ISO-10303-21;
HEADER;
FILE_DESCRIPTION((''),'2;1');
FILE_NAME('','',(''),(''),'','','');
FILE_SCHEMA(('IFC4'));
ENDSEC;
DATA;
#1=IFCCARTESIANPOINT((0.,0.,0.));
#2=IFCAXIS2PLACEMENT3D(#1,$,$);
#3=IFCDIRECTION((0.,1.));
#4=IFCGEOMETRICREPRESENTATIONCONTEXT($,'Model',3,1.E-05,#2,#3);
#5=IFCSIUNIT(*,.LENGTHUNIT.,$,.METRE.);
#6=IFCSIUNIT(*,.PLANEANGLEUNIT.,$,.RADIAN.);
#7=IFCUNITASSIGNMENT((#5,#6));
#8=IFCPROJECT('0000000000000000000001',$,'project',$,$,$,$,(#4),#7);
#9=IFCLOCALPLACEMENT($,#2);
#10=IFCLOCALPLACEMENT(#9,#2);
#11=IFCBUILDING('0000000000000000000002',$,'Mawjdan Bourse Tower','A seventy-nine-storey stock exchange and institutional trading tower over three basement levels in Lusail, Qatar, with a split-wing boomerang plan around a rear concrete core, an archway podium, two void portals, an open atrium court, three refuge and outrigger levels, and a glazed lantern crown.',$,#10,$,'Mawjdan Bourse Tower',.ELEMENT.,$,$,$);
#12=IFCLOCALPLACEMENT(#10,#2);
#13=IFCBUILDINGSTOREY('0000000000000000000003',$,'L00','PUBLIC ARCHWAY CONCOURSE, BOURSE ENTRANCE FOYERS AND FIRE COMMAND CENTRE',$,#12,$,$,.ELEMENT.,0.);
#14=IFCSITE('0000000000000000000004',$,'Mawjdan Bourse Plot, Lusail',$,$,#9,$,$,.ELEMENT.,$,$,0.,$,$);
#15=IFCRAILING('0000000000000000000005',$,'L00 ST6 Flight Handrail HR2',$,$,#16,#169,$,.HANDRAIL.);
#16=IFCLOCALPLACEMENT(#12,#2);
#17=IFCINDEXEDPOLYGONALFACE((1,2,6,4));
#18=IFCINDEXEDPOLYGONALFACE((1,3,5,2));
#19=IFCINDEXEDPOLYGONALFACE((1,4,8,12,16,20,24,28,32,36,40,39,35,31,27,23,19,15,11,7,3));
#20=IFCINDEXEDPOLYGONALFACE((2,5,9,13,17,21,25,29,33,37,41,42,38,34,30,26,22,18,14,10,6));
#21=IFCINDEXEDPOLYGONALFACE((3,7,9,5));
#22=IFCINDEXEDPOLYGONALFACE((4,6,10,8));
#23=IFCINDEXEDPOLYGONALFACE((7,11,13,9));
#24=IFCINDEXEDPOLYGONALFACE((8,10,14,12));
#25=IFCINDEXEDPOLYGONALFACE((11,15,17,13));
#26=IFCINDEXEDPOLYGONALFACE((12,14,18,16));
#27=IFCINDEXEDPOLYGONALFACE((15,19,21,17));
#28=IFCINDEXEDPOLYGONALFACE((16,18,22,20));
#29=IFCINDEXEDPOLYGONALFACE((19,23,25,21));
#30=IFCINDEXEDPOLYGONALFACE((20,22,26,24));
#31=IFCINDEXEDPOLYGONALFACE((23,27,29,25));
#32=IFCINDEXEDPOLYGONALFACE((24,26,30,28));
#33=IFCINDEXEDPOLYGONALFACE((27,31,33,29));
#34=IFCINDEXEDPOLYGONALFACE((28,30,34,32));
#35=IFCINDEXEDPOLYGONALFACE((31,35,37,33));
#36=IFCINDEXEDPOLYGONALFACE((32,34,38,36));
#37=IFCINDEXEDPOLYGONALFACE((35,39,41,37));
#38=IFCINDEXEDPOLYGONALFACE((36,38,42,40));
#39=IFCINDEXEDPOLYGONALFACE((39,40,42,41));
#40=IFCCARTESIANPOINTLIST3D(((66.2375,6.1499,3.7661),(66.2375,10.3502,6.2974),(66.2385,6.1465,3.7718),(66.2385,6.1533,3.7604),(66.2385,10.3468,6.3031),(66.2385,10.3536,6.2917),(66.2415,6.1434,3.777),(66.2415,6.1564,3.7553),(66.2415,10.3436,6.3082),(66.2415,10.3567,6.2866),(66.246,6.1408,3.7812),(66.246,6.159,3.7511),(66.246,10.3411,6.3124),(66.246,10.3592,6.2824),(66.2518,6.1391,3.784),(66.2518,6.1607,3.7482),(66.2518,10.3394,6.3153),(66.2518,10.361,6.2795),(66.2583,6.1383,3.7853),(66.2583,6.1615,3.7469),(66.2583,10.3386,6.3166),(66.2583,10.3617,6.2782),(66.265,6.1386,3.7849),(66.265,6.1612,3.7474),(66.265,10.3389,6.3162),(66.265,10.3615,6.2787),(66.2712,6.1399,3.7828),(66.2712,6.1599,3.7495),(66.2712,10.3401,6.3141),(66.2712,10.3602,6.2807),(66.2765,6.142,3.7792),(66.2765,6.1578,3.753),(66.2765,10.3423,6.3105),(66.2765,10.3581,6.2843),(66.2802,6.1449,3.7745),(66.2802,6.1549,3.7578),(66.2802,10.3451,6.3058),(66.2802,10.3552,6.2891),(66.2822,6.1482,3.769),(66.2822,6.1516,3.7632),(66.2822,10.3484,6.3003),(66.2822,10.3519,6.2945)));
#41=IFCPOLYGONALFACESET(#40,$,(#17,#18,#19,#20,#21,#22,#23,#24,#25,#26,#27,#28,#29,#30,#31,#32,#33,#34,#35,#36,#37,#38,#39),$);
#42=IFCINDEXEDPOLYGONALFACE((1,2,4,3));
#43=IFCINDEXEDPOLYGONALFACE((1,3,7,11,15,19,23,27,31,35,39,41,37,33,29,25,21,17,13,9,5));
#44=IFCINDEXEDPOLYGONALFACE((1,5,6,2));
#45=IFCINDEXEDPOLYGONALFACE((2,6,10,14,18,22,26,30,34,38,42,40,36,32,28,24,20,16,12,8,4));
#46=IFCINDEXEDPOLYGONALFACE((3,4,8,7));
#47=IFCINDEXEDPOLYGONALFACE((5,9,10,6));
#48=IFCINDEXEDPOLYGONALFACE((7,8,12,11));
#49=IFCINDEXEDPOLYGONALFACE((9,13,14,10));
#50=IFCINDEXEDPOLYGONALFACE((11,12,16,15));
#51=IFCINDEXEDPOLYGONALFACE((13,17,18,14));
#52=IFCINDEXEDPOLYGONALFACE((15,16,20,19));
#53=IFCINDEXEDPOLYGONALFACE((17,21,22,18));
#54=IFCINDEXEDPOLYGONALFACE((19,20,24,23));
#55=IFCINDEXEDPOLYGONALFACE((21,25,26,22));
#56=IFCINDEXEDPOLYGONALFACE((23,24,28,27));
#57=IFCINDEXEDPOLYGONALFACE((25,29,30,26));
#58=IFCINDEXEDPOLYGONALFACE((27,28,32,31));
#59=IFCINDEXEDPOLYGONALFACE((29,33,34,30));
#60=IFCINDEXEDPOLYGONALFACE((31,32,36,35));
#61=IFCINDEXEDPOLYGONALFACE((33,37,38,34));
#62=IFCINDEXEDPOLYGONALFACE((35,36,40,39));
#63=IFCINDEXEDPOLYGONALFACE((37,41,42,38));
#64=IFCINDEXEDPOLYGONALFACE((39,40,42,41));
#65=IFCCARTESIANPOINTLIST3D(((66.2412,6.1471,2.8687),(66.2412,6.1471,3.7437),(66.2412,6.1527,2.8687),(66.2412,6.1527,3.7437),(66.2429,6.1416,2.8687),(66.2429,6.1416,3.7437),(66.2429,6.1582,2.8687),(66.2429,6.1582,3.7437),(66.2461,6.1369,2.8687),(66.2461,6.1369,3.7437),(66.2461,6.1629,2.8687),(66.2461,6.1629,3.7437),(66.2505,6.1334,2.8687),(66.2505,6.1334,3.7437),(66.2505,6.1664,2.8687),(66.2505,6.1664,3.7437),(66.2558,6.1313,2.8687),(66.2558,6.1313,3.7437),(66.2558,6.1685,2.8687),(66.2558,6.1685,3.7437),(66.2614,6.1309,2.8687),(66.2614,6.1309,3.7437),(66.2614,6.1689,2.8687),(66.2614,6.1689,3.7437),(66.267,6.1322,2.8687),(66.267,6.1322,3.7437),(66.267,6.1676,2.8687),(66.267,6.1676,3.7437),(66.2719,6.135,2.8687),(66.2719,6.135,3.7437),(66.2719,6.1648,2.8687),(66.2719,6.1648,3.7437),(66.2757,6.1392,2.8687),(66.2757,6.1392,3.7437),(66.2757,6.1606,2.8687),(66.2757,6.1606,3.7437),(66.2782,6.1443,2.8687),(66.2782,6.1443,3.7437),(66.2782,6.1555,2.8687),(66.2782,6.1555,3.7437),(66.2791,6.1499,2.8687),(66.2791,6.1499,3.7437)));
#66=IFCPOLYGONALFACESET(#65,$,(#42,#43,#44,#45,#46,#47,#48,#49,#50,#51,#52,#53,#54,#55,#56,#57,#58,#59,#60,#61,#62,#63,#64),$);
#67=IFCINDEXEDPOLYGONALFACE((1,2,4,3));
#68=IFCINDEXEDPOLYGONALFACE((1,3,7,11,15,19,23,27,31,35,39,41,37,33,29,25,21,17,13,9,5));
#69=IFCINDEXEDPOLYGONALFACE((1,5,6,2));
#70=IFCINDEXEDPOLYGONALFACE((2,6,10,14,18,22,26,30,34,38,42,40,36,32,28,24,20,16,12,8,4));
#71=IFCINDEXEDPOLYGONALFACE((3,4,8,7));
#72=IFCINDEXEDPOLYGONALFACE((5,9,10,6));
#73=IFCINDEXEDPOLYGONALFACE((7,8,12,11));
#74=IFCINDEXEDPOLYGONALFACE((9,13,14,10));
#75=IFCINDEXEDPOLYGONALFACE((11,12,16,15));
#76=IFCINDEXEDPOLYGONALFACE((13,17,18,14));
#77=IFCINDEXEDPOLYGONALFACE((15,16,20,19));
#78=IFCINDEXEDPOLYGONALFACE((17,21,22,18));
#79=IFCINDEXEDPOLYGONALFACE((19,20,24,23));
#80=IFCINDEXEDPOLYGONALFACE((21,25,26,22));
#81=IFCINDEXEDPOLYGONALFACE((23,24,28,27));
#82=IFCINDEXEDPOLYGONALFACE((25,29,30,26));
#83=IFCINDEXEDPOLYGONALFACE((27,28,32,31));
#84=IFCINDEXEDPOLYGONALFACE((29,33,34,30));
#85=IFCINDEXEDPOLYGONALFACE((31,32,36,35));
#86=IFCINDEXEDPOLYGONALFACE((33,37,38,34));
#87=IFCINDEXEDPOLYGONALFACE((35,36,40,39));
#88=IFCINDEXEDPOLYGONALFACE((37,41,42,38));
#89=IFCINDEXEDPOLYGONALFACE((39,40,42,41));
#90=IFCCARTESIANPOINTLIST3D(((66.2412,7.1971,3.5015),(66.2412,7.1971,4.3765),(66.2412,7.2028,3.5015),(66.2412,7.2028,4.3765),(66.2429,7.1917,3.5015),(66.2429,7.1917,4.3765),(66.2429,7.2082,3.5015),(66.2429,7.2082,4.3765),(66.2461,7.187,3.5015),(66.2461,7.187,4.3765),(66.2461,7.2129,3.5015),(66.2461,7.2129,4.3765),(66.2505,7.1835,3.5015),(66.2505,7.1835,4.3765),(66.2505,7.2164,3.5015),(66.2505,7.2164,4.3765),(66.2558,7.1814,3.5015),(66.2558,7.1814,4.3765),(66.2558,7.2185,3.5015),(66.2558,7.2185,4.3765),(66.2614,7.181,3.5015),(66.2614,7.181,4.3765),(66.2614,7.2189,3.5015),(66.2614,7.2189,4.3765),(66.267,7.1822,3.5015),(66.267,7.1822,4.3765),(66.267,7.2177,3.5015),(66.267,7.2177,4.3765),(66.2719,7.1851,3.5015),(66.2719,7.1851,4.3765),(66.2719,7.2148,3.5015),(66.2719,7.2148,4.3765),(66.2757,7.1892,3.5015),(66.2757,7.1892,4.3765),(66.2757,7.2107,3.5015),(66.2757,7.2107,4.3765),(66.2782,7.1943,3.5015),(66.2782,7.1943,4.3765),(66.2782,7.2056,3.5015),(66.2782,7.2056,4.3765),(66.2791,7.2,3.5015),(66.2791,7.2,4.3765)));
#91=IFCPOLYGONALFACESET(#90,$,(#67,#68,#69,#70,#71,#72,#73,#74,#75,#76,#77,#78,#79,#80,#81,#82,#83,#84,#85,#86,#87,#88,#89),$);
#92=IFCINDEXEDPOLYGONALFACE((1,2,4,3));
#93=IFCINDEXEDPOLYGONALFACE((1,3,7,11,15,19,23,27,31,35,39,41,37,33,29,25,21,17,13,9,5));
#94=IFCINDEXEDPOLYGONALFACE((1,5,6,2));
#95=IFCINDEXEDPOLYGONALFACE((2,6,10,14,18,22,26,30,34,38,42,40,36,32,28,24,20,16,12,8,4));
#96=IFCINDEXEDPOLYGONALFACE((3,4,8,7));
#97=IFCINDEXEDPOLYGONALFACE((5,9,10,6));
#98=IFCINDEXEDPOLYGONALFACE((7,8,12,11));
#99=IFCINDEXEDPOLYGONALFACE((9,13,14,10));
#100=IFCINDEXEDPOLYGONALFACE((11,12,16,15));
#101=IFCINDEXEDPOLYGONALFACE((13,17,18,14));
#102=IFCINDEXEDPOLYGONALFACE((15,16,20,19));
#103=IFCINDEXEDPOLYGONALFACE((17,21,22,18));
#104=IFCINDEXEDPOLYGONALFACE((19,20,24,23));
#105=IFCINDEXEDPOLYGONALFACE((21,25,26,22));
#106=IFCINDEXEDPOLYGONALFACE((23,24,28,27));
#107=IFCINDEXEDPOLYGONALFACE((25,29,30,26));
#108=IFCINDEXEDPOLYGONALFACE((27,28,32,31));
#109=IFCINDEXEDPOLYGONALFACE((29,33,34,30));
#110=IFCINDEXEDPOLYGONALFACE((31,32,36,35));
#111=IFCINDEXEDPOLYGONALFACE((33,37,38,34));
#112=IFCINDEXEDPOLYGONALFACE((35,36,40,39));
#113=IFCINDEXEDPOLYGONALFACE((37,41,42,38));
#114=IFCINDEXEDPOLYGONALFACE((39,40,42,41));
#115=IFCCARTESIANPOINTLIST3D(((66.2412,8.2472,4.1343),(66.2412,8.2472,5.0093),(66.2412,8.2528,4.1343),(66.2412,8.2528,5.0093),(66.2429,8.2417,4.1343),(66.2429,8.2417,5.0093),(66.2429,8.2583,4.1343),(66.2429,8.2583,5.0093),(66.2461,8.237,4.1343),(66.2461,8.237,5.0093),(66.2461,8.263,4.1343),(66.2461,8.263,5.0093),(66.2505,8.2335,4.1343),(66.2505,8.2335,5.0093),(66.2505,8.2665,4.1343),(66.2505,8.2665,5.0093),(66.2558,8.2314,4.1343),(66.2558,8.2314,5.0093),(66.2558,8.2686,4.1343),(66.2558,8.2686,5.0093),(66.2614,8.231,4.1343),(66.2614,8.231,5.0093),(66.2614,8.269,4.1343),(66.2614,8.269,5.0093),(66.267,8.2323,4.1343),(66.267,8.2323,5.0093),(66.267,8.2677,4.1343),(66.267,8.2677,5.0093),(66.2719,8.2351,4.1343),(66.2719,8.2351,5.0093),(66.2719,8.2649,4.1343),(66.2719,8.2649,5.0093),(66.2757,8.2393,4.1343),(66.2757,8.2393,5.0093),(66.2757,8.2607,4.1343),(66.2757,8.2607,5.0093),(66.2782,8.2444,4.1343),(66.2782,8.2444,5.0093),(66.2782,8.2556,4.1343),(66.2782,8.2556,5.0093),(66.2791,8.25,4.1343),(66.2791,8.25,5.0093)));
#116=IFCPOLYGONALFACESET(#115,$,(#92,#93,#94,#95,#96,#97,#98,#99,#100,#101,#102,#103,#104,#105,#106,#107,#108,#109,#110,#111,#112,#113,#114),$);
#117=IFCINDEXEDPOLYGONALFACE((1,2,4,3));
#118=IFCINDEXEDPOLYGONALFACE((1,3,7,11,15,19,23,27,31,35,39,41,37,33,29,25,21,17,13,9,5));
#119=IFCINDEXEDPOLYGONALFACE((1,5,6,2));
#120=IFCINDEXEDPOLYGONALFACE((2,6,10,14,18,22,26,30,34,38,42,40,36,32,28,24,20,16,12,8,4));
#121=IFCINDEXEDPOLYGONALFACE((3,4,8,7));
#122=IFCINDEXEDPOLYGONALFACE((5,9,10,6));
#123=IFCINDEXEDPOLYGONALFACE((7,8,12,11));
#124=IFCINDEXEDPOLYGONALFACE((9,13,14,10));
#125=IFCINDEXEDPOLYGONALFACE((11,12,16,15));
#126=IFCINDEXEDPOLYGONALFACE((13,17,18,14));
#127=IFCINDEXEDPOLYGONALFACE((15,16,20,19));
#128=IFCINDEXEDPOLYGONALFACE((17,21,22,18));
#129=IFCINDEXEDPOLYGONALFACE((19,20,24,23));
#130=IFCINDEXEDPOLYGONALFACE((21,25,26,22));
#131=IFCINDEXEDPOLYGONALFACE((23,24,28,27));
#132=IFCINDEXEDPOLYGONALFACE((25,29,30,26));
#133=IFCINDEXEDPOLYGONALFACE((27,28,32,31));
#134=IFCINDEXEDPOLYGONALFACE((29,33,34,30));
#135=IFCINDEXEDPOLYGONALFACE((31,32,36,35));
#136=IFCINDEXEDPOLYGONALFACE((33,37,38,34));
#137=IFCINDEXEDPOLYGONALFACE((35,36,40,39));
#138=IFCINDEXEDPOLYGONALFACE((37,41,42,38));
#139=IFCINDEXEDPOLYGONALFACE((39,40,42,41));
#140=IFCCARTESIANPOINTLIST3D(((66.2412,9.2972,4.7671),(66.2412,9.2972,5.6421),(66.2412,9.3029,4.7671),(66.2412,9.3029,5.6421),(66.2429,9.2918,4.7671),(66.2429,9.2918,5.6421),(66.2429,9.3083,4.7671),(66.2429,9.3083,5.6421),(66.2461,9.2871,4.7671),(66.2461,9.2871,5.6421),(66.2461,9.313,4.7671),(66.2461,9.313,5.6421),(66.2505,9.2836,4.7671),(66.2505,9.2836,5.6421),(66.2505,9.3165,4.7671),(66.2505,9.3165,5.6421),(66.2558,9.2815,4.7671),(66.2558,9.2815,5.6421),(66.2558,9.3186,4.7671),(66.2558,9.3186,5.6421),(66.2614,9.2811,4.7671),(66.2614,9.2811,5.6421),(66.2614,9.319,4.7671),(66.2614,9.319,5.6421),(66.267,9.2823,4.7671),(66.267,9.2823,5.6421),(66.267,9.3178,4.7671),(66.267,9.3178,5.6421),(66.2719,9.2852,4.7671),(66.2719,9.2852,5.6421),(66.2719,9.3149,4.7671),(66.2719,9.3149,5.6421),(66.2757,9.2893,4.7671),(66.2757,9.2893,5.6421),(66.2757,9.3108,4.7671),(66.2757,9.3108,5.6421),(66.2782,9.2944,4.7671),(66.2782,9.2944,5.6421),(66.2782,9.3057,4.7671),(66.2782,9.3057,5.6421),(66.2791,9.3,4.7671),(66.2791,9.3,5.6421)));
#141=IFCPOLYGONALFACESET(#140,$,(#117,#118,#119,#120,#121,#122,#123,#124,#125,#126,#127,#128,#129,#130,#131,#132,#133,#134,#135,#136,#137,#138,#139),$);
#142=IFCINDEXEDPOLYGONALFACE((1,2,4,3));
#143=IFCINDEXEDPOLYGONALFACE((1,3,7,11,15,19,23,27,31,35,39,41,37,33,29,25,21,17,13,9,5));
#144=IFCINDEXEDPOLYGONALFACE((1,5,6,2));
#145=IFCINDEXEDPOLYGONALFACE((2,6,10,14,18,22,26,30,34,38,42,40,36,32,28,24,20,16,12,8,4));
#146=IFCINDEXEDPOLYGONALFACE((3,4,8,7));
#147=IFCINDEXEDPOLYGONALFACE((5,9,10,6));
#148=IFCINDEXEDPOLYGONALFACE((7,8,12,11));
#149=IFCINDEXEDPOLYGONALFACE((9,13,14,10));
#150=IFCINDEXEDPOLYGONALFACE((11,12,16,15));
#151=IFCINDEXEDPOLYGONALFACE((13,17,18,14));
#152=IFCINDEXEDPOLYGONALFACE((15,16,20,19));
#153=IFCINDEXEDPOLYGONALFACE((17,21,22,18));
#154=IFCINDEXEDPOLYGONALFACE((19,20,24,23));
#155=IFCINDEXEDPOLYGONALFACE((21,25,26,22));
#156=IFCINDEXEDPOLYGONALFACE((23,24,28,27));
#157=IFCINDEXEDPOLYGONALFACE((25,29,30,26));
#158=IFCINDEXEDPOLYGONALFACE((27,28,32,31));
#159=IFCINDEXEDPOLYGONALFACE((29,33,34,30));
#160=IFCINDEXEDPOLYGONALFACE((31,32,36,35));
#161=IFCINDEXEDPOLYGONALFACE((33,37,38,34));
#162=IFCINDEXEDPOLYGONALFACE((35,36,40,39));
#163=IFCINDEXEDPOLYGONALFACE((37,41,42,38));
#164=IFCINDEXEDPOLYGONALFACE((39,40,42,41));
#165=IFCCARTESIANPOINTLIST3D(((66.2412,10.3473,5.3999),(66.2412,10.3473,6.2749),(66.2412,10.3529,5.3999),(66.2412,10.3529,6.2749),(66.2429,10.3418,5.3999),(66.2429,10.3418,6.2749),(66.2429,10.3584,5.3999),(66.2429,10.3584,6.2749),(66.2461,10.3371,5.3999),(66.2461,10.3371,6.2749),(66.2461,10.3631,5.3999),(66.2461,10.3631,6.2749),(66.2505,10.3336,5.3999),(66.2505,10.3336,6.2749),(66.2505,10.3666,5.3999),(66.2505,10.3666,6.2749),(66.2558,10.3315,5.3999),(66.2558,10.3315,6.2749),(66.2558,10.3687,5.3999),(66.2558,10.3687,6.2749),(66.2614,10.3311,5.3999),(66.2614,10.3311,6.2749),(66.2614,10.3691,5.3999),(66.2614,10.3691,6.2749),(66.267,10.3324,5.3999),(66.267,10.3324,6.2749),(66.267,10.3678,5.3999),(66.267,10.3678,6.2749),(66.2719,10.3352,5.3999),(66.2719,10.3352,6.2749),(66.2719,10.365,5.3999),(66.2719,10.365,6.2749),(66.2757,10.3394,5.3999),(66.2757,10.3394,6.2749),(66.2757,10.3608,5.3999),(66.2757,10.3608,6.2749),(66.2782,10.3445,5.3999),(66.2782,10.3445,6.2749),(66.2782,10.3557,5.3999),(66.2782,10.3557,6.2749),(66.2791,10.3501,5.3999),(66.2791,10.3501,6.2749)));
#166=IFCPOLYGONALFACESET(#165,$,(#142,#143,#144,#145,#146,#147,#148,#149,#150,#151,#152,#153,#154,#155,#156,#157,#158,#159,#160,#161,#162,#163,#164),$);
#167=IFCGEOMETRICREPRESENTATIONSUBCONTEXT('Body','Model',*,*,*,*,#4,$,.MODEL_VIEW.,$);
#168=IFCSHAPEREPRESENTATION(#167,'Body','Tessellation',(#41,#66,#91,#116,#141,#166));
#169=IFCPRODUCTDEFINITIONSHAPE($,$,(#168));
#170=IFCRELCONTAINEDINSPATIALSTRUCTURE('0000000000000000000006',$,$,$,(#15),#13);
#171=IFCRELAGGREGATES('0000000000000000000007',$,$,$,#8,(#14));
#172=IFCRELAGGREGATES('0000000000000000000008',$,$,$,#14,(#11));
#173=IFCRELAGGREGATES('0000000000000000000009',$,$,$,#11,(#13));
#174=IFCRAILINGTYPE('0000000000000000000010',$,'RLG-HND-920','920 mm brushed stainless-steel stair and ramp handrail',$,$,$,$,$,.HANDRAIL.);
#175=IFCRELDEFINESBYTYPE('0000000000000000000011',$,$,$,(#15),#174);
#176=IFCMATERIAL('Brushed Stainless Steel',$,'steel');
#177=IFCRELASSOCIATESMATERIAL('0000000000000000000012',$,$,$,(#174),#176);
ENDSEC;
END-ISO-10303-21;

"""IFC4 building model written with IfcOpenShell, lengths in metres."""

from ifc_helpers import new_model, si_unit, direction, frame, origin, origin_2d, place, context, subcontext, project, spatial, circle, extrude, material, type_object, element, save


model = new_model("IFC4")

# Units and contexts
model_context = context("Model", 3, precision=1e-05, world=origin(), true_north=direction((0.0, 1.0)))
body_context = subcontext(model_context, "Body", "Model", "MODEL_VIEW")
ifc_project = project(units=[si_unit("LENGTHUNIT", "METRE"), si_unit("PLANEANGLEUNIT", "RADIAN")], contexts=[model_context])

# Site, building, storey
site_placement = place(None, origin())
site = spatial("IfcSite", under=ifc_project, at=site_placement, Name="Mawjdan Bourse Plot, Lusail", CompositionType="ELEMENT", RefElevation=0.0)
building_placement = place(site_placement, origin())
building = spatial("IfcBuilding", under=site, at=building_placement, Name="Mawjdan Bourse Tower", Description="A seventy-nine-storey stock exchange and institutional trading tower over three basement levels in Lusail, Qatar, with a split-wing boomerang plan around a rear concrete core, an archway podium, two void portals, an open atrium court, three refuge and outrigger levels, and a glazed lantern crown.", LongName="Mawjdan Bourse Tower", CompositionType="ELEMENT")
storey_placement = place(building_placement, origin())
storey = spatial("IfcBuildingStorey", under=building, at=storey_placement, Name="L00", Description="PUBLIC ARCHWAY CONCOURSE, BOURSE ENTRANCE FOYERS AND FIRE COMMAND CENTRE", CompositionType="ELEMENT", Elevation=0.0)

# Railing
ifc_material_1 = material(Name="Brushed Stainless Steel", Category="steel")
railing_type_1 = type_object("IfcRailingType", Name="RLG-HND-920", Description="920 mm brushed stainless-steel stair and ramp handrail", PredefinedType="HANDRAIL", material=ifc_material_1)
railing_1_placement = place(storey_placement, frame((66.26, 6.1499, 2.8687)))
element("IfcRailing", 1, at=railing_1_placement, inside=storey, type_object=railing_type_1, Name="L00 ST6 Flight Handrail HR2", PredefinedType="HANDRAIL", context=body_context, shape_type="SweptSolid", body=[
    extrude(circle(Radius=0.0225, at=origin_2d()), frame((0.0, 0.0, 0.8975), z_axis=(0.0, 0.85649, 0.516164), x_axis=(-1.0, 0.0, 0.0)), (0.0, 0.0, 1.0), 4.9041),
    extrude(circle(Radius=0.019, at=origin_2d()), origin(), (0.0, 0.0, 1.0), 0.875),
    extrude(circle(Radius=0.019, at=origin_2d()), frame((0.0, 1.05, 0.6328)), (0.0, 0.0, 1.0), 0.875),
    extrude(circle(Radius=0.019, at=origin_2d()), frame((0.0, 2.1001, 1.2656)), (0.0, 0.0, 1.0), 0.875),
    extrude(circle(Radius=0.019, at=origin_2d()), frame((0.0, 3.1501, 1.8984)), (0.0, 0.0, 1.0), 0.875),
    extrude(circle(Radius=0.019, at=origin_2d()), frame((0.0, 4.2002, 2.5312)), (0.0, 0.0, 1.0), 0.875),
])

save(model, "model.ifc")
